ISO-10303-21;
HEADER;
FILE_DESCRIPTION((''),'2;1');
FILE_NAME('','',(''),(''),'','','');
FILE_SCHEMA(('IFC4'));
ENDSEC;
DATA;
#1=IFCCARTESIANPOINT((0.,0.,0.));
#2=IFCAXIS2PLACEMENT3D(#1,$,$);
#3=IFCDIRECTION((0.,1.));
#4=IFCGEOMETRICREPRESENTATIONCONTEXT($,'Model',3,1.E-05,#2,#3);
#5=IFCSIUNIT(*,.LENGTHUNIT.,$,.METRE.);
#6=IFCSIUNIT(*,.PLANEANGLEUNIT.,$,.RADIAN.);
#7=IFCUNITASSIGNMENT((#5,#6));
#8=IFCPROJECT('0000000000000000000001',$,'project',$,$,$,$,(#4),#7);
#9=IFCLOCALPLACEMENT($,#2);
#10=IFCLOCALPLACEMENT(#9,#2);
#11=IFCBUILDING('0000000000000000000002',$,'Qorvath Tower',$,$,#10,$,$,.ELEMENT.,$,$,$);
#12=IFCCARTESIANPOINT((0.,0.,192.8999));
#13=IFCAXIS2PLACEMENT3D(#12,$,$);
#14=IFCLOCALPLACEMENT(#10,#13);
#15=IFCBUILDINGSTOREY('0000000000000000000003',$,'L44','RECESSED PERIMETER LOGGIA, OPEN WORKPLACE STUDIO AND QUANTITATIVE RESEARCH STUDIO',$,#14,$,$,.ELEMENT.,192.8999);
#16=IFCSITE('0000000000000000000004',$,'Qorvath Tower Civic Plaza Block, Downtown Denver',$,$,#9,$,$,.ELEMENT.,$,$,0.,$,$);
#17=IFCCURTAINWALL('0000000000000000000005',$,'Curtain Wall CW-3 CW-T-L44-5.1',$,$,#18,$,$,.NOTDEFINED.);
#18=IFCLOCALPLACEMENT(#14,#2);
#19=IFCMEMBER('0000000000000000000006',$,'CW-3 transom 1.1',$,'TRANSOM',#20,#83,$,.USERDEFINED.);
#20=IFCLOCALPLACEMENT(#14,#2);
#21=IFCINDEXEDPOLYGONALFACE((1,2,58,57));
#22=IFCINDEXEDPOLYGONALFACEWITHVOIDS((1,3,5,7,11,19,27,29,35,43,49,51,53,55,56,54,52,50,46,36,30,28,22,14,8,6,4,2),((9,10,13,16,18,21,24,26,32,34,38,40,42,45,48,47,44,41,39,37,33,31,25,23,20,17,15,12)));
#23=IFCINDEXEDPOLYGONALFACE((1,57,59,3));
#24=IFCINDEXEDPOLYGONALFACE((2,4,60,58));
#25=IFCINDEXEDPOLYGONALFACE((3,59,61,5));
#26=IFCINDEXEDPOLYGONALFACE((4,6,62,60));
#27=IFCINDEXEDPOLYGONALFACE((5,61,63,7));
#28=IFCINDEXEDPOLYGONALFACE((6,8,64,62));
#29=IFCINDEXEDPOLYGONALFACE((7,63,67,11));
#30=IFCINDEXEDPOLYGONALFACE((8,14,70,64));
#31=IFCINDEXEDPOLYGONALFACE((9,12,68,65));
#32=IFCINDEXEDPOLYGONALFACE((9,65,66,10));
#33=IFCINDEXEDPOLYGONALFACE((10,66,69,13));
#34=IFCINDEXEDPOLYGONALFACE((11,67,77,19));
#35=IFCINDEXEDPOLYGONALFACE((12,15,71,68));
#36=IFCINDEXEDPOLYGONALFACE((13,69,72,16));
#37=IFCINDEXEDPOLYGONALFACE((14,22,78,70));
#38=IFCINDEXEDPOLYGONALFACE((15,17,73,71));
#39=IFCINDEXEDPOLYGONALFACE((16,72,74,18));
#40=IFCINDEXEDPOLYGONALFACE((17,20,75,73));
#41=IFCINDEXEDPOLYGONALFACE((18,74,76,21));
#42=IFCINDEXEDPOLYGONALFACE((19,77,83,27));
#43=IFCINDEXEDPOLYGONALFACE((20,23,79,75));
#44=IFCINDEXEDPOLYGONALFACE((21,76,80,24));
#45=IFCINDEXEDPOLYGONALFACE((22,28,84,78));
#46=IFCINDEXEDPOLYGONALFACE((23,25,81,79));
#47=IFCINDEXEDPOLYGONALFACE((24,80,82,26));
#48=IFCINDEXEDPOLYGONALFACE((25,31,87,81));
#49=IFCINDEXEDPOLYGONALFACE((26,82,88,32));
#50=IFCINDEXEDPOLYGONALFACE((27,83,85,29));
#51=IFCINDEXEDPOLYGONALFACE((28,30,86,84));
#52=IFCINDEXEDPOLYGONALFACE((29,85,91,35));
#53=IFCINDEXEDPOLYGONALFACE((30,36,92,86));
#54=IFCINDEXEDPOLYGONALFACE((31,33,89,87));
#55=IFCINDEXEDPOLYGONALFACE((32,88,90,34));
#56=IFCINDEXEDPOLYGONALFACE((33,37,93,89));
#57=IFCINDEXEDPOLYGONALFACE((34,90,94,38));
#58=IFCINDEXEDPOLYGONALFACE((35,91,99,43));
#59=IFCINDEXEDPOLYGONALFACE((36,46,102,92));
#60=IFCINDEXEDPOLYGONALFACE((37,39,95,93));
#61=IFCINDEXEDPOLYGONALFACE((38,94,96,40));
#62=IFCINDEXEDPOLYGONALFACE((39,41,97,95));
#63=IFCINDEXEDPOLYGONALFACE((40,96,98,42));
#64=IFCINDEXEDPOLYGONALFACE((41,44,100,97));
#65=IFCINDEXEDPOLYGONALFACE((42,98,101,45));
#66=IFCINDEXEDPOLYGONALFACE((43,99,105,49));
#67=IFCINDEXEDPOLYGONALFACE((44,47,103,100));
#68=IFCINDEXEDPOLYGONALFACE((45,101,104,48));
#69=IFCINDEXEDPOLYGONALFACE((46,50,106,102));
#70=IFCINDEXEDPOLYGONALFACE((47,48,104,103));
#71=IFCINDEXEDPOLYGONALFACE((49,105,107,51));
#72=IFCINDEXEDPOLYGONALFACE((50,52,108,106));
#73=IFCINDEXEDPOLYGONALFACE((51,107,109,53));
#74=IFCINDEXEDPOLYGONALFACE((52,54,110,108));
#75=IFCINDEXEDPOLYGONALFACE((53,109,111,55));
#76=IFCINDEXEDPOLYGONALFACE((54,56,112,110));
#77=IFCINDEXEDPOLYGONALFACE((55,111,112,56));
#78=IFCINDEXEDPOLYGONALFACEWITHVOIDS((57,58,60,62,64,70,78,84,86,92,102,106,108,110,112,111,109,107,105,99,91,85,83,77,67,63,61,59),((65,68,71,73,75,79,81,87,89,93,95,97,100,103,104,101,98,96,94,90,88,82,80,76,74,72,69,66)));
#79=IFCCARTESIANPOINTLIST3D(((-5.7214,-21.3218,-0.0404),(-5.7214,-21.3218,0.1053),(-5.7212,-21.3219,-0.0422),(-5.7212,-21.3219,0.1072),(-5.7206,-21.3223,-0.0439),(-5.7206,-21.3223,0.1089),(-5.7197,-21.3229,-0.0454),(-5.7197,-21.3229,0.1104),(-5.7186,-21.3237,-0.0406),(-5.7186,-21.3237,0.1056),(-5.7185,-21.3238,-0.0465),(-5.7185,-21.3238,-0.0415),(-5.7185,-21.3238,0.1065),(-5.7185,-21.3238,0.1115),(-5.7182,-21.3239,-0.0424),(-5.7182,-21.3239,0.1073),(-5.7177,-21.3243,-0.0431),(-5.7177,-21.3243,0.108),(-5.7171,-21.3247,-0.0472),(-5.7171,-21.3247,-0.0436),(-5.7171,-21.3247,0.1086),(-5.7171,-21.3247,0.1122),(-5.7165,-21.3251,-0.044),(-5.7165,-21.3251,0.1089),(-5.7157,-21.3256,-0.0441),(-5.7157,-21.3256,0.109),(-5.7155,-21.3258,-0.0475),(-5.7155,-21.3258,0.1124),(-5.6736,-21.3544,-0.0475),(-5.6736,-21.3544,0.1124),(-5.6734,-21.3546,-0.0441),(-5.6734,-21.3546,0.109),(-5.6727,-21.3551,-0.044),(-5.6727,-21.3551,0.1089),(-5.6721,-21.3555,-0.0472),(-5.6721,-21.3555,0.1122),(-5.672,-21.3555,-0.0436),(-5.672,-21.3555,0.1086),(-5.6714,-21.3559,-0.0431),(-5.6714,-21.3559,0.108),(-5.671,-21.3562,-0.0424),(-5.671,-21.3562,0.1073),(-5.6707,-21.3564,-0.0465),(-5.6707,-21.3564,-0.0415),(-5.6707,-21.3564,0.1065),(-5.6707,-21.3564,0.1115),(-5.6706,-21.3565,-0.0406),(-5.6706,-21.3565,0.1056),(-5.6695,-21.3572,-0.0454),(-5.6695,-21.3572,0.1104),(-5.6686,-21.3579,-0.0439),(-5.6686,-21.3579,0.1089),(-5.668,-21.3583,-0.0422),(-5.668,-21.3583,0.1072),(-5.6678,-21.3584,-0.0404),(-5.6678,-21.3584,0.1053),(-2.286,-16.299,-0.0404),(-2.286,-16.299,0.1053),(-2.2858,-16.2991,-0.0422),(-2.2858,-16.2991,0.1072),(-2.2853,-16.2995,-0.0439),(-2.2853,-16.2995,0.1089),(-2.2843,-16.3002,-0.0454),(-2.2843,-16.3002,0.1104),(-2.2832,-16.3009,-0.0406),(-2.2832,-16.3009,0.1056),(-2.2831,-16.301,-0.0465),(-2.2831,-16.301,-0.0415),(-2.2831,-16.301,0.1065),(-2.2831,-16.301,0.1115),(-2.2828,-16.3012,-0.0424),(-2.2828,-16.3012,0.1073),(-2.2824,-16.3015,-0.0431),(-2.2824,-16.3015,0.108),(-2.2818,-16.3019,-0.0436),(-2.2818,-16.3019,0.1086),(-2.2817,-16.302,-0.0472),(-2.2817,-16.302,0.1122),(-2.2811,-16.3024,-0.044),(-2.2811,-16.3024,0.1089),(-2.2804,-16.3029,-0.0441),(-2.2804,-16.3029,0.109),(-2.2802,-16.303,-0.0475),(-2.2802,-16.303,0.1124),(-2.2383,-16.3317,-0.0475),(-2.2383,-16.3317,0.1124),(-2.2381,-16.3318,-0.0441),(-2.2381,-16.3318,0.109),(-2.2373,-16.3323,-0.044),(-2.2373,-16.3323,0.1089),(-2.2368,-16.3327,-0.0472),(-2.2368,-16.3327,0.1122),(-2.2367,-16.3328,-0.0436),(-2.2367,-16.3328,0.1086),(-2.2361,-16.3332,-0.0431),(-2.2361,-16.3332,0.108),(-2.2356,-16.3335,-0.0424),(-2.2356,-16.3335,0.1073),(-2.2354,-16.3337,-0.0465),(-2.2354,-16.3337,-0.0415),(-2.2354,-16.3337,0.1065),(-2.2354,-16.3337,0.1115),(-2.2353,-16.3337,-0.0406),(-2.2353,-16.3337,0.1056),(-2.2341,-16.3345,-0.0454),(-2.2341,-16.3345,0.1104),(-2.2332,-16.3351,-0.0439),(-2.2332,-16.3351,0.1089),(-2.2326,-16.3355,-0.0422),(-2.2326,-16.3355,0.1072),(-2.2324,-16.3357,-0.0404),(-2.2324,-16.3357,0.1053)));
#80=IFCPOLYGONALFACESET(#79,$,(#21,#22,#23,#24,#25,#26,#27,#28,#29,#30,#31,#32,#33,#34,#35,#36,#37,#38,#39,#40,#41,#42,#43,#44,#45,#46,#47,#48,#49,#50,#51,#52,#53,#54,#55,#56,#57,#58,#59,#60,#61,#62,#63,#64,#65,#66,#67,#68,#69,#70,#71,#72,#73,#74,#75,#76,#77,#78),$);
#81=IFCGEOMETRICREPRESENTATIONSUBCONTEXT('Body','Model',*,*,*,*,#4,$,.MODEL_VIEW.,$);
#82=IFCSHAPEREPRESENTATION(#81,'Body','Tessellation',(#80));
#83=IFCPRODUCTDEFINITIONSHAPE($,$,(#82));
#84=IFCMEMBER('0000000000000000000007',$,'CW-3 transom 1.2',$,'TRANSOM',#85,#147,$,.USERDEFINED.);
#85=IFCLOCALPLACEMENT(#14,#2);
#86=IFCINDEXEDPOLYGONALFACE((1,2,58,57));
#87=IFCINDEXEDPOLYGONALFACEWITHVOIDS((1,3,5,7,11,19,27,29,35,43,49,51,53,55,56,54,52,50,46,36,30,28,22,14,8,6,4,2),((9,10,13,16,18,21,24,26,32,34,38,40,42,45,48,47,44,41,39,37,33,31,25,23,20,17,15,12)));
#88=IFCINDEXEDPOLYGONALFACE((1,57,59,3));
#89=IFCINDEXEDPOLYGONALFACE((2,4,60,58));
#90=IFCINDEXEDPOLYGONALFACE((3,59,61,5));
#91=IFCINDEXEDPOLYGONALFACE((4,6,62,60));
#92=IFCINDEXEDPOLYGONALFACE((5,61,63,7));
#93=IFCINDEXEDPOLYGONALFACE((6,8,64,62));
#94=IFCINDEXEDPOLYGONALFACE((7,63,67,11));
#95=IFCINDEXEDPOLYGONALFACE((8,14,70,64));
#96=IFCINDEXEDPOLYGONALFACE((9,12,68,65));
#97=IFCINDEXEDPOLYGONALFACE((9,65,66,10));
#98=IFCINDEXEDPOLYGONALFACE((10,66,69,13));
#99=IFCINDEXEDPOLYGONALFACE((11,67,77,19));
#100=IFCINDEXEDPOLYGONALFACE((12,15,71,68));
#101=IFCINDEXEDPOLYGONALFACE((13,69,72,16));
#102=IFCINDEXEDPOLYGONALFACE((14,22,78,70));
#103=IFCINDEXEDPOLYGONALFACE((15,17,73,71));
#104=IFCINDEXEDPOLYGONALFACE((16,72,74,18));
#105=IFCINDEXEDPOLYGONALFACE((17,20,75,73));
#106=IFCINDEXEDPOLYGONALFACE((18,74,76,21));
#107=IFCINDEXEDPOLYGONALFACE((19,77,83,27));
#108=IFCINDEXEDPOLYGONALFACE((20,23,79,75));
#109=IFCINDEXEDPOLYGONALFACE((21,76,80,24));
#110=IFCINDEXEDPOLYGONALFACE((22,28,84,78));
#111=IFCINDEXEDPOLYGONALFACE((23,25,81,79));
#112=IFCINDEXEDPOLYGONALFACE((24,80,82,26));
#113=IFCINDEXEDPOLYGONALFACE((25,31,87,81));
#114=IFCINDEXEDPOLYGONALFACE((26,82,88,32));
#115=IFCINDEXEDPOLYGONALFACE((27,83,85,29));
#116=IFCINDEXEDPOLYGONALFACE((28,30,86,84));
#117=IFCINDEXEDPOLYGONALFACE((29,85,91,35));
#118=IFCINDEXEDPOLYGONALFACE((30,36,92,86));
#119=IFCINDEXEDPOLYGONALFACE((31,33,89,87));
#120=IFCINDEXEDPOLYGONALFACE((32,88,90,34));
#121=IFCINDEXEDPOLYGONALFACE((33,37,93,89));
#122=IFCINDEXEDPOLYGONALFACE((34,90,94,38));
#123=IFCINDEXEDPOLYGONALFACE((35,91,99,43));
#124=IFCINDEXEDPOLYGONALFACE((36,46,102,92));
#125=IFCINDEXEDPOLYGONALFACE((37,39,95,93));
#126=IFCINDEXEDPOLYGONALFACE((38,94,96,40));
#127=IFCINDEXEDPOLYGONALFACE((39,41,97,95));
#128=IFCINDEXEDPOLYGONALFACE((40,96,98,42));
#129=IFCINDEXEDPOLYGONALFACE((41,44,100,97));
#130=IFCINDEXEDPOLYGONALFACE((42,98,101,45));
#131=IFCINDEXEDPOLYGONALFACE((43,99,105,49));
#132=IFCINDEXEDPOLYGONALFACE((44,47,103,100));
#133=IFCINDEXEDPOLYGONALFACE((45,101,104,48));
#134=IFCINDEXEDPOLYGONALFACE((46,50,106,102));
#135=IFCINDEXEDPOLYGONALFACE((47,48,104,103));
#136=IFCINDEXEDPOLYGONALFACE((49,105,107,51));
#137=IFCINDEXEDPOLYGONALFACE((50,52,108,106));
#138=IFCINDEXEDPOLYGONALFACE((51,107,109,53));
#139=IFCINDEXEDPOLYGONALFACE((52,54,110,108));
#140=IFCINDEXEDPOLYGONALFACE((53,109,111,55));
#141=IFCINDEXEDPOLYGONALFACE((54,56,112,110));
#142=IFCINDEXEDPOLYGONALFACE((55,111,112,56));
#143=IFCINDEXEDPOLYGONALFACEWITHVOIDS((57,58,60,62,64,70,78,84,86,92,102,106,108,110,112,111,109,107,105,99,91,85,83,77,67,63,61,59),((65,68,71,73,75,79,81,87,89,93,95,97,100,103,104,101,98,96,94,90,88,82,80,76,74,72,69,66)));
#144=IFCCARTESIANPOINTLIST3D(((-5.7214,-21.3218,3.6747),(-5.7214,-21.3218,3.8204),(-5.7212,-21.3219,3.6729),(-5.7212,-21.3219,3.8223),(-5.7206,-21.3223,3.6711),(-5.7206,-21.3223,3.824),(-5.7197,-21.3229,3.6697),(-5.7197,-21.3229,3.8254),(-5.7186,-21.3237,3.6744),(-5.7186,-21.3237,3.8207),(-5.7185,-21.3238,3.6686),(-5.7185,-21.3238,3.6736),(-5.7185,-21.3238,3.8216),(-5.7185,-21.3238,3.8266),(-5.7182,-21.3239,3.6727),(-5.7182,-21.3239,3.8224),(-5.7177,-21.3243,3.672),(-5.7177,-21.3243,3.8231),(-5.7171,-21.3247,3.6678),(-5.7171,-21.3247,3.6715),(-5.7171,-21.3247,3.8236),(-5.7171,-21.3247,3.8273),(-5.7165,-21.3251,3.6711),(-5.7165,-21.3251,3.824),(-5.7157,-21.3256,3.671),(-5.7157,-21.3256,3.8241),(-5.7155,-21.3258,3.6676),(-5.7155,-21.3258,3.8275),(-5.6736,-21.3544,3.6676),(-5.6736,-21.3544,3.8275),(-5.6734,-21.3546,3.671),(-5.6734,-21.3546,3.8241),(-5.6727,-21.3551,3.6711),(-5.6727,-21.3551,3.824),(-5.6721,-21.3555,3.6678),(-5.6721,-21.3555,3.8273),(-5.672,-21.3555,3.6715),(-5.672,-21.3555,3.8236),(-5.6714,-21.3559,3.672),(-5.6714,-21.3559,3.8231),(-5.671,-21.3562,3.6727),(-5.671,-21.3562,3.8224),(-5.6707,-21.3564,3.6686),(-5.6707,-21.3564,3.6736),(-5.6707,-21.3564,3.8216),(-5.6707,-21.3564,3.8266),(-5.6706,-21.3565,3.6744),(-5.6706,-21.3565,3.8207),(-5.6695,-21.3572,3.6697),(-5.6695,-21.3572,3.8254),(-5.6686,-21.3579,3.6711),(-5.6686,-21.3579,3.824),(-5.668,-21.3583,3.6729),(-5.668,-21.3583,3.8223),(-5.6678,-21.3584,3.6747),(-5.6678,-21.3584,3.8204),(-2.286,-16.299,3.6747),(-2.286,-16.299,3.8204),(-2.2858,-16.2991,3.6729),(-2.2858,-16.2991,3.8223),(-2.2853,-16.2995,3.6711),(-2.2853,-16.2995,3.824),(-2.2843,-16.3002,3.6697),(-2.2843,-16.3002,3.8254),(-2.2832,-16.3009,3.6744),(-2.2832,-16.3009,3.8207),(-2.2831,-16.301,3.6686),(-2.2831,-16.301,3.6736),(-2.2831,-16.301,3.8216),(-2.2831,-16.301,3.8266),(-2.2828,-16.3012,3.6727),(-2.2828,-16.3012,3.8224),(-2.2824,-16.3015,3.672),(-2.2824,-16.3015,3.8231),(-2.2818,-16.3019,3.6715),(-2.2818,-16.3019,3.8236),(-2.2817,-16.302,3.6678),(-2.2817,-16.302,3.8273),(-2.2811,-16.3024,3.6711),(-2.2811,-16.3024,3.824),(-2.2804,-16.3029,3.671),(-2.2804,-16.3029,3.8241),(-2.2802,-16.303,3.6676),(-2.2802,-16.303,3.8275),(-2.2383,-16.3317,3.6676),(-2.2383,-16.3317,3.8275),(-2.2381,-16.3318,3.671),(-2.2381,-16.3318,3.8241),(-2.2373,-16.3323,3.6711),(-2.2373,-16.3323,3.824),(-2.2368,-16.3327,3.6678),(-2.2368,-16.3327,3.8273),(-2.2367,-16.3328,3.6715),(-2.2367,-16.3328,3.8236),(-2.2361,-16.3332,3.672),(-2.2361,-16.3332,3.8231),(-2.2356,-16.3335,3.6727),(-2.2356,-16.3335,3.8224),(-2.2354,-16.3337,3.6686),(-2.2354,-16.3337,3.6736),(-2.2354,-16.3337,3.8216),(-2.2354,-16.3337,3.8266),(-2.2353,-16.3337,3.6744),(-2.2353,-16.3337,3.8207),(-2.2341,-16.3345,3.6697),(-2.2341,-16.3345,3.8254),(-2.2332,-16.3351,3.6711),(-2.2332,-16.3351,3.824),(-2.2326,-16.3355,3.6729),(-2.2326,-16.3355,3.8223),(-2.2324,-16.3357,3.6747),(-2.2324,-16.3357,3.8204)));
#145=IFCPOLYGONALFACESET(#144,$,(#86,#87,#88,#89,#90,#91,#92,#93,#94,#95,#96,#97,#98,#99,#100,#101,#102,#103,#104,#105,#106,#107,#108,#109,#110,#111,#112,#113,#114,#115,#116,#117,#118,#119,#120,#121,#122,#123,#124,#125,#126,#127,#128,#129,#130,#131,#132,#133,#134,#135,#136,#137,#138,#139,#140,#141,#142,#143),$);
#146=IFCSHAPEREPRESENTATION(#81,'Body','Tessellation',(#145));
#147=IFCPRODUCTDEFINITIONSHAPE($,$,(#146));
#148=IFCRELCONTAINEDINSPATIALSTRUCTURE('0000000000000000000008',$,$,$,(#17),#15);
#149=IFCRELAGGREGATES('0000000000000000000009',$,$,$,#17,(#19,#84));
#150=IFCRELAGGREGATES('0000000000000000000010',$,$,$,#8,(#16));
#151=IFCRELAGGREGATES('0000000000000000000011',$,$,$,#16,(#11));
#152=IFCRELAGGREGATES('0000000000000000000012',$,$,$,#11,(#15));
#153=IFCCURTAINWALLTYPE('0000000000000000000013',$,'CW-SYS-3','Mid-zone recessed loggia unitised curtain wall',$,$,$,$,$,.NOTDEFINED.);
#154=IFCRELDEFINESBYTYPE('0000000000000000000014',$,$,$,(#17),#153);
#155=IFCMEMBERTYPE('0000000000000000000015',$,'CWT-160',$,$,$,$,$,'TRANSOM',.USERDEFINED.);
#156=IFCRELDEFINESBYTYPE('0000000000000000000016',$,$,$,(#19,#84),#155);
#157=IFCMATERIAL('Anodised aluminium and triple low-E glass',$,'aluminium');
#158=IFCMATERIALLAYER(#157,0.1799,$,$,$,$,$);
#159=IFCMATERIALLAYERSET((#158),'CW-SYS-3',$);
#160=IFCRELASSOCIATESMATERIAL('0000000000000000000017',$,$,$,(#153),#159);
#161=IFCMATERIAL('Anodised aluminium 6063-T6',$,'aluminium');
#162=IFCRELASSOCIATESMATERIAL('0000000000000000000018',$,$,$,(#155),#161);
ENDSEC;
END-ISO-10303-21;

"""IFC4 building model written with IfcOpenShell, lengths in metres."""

from ifc_helpers import new_model, si_unit, direction, frame, origin, origin_2d, place, context, subcontext, project, spatial, hollow_rectangle, extrude, material, layer, layer_set, material_profile, profile_set, type_object, element, aggregate, save


model = new_model("IFC4")

# Units and contexts
model_context = context("Model", 3, precision=1e-05, world=origin(), true_north=direction((0.0, 1.0)))
body_context = subcontext(model_context, "Body", "Model", "MODEL_VIEW")
ifc_project = project(units=[si_unit("LENGTHUNIT", "METRE"), si_unit("PLANEANGLEUNIT", "RADIAN")], contexts=[model_context])

# Site, building, storey
site_placement = place(None, origin())
site = spatial("IfcSite", under=ifc_project, at=site_placement, Name="Qorvath Tower Civic Plaza Block, Downtown Denver", CompositionType="ELEMENT", RefElevation=0.0)
building_placement = place(site_placement, origin())
building = spatial("IfcBuilding", under=site, at=building_placement, Name="Qorvath Tower", CompositionType="ELEMENT")
storey_placement = place(building_placement, frame((0.0, 0.0, 192.8999)))
storey = spatial("IfcBuildingStorey", under=building, at=storey_placement, Name="L44", Description="RECESSED PERIMETER LOGGIA, OPEN WORKPLACE STUDIO AND QUANTITATIVE RESEARCH STUDIO", CompositionType="ELEMENT", Elevation=192.8999)

# Curtain wall
ifc_material_1 = material(Name="Anodised aluminium and triple low-E glass", Category="aluminium")
ifc_layer_1 = layer(ifc_material_1, 0.1799)
ifc_layer_set_1 = layer_set([ifc_layer_1], Name="CW-SYS-3")
curtain_wall_type = type_object("IfcCurtainWallType", Name="CW-SYS-3", Description="Mid-zone recessed loggia unitised curtain wall", PredefinedType="NOTDEFINED", material=ifc_layer_set_1)
curtain_wall_1_placement = place(storey_placement, origin())
curtain_wall_1 = element("IfcCurtainWall", 1, at=curtain_wall_1_placement, inside=storey, type_object=curtain_wall_type, Name="Curtain Wall CW-3 CW-T-L44-5.1", PredefinedType="NOTDEFINED")

# Members
ifc_material_2 = material(Name="Anodised aluminium 6063-T6", Category="aluminium")
ifc_material_profile_1 = material_profile(ifc_material_2, hollow_rectangle(XDim=0.0649, YDim=0.1599, WallThickness=0.0034, InnerFilletRadius=0.0034, OuterFilletRadius=0.0071, at=origin_2d()), Name="CWT 160x65")
ifc_profile_set_1 = profile_set([ifc_material_profile_1], Name="Anodised aluminium 6063-T6")
member_type_1 = type_object("IfcMemberType", Name="CWT-160", ElementType="TRANSOM", PredefinedType="USERDEFINED", material=ifc_profile_set_1)
member_1_placement = place(storey_placement, frame((-5.6946, -21.3401, 0.0325), z_axis=(0.56454, 0.825406, 0.0), x_axis=(-0.825406, 0.56454, 0.0)))
member_1 = element("IfcMember", 2, at=member_1_placement, type_object=member_type_1, Name="CW-3 transom 1.1", ObjectType="TRANSOM", PredefinedType="USERDEFINED", context=body_context, shape_type="SweptSolid", body=[
    extrude(hollow_rectangle(XDim=0.0649, YDim=0.1599, WallThickness=0.0034, InnerFilletRadius=0.0034, OuterFilletRadius=0.0071, at=origin_2d()), origin(), (0.0, 0.0, 1.0), 6.0852),
])
member_2_placement = place(storey_placement, frame((-5.6946, -21.3401, 3.7476), z_axis=(0.56454, 0.825406, 0.0), x_axis=(-0.825406, 0.56454, 0.0)))
member_2 = element("IfcMember", 3, at=member_2_placement, type_object=member_type_1, Name="CW-3 transom 1.2", ObjectType="TRANSOM", PredefinedType="USERDEFINED", context=body_context, shape_type="SweptSolid", body=[
    extrude(hollow_rectangle(XDim=0.0649, YDim=0.1599, WallThickness=0.0034, InnerFilletRadius=0.0034, OuterFilletRadius=0.0071, at=origin_2d()), origin(), (0.0, 0.0, 1.0), 6.0852),
])

aggregate(curtain_wall_1, [member_1, member_2])

save(model, "model.ifc")
